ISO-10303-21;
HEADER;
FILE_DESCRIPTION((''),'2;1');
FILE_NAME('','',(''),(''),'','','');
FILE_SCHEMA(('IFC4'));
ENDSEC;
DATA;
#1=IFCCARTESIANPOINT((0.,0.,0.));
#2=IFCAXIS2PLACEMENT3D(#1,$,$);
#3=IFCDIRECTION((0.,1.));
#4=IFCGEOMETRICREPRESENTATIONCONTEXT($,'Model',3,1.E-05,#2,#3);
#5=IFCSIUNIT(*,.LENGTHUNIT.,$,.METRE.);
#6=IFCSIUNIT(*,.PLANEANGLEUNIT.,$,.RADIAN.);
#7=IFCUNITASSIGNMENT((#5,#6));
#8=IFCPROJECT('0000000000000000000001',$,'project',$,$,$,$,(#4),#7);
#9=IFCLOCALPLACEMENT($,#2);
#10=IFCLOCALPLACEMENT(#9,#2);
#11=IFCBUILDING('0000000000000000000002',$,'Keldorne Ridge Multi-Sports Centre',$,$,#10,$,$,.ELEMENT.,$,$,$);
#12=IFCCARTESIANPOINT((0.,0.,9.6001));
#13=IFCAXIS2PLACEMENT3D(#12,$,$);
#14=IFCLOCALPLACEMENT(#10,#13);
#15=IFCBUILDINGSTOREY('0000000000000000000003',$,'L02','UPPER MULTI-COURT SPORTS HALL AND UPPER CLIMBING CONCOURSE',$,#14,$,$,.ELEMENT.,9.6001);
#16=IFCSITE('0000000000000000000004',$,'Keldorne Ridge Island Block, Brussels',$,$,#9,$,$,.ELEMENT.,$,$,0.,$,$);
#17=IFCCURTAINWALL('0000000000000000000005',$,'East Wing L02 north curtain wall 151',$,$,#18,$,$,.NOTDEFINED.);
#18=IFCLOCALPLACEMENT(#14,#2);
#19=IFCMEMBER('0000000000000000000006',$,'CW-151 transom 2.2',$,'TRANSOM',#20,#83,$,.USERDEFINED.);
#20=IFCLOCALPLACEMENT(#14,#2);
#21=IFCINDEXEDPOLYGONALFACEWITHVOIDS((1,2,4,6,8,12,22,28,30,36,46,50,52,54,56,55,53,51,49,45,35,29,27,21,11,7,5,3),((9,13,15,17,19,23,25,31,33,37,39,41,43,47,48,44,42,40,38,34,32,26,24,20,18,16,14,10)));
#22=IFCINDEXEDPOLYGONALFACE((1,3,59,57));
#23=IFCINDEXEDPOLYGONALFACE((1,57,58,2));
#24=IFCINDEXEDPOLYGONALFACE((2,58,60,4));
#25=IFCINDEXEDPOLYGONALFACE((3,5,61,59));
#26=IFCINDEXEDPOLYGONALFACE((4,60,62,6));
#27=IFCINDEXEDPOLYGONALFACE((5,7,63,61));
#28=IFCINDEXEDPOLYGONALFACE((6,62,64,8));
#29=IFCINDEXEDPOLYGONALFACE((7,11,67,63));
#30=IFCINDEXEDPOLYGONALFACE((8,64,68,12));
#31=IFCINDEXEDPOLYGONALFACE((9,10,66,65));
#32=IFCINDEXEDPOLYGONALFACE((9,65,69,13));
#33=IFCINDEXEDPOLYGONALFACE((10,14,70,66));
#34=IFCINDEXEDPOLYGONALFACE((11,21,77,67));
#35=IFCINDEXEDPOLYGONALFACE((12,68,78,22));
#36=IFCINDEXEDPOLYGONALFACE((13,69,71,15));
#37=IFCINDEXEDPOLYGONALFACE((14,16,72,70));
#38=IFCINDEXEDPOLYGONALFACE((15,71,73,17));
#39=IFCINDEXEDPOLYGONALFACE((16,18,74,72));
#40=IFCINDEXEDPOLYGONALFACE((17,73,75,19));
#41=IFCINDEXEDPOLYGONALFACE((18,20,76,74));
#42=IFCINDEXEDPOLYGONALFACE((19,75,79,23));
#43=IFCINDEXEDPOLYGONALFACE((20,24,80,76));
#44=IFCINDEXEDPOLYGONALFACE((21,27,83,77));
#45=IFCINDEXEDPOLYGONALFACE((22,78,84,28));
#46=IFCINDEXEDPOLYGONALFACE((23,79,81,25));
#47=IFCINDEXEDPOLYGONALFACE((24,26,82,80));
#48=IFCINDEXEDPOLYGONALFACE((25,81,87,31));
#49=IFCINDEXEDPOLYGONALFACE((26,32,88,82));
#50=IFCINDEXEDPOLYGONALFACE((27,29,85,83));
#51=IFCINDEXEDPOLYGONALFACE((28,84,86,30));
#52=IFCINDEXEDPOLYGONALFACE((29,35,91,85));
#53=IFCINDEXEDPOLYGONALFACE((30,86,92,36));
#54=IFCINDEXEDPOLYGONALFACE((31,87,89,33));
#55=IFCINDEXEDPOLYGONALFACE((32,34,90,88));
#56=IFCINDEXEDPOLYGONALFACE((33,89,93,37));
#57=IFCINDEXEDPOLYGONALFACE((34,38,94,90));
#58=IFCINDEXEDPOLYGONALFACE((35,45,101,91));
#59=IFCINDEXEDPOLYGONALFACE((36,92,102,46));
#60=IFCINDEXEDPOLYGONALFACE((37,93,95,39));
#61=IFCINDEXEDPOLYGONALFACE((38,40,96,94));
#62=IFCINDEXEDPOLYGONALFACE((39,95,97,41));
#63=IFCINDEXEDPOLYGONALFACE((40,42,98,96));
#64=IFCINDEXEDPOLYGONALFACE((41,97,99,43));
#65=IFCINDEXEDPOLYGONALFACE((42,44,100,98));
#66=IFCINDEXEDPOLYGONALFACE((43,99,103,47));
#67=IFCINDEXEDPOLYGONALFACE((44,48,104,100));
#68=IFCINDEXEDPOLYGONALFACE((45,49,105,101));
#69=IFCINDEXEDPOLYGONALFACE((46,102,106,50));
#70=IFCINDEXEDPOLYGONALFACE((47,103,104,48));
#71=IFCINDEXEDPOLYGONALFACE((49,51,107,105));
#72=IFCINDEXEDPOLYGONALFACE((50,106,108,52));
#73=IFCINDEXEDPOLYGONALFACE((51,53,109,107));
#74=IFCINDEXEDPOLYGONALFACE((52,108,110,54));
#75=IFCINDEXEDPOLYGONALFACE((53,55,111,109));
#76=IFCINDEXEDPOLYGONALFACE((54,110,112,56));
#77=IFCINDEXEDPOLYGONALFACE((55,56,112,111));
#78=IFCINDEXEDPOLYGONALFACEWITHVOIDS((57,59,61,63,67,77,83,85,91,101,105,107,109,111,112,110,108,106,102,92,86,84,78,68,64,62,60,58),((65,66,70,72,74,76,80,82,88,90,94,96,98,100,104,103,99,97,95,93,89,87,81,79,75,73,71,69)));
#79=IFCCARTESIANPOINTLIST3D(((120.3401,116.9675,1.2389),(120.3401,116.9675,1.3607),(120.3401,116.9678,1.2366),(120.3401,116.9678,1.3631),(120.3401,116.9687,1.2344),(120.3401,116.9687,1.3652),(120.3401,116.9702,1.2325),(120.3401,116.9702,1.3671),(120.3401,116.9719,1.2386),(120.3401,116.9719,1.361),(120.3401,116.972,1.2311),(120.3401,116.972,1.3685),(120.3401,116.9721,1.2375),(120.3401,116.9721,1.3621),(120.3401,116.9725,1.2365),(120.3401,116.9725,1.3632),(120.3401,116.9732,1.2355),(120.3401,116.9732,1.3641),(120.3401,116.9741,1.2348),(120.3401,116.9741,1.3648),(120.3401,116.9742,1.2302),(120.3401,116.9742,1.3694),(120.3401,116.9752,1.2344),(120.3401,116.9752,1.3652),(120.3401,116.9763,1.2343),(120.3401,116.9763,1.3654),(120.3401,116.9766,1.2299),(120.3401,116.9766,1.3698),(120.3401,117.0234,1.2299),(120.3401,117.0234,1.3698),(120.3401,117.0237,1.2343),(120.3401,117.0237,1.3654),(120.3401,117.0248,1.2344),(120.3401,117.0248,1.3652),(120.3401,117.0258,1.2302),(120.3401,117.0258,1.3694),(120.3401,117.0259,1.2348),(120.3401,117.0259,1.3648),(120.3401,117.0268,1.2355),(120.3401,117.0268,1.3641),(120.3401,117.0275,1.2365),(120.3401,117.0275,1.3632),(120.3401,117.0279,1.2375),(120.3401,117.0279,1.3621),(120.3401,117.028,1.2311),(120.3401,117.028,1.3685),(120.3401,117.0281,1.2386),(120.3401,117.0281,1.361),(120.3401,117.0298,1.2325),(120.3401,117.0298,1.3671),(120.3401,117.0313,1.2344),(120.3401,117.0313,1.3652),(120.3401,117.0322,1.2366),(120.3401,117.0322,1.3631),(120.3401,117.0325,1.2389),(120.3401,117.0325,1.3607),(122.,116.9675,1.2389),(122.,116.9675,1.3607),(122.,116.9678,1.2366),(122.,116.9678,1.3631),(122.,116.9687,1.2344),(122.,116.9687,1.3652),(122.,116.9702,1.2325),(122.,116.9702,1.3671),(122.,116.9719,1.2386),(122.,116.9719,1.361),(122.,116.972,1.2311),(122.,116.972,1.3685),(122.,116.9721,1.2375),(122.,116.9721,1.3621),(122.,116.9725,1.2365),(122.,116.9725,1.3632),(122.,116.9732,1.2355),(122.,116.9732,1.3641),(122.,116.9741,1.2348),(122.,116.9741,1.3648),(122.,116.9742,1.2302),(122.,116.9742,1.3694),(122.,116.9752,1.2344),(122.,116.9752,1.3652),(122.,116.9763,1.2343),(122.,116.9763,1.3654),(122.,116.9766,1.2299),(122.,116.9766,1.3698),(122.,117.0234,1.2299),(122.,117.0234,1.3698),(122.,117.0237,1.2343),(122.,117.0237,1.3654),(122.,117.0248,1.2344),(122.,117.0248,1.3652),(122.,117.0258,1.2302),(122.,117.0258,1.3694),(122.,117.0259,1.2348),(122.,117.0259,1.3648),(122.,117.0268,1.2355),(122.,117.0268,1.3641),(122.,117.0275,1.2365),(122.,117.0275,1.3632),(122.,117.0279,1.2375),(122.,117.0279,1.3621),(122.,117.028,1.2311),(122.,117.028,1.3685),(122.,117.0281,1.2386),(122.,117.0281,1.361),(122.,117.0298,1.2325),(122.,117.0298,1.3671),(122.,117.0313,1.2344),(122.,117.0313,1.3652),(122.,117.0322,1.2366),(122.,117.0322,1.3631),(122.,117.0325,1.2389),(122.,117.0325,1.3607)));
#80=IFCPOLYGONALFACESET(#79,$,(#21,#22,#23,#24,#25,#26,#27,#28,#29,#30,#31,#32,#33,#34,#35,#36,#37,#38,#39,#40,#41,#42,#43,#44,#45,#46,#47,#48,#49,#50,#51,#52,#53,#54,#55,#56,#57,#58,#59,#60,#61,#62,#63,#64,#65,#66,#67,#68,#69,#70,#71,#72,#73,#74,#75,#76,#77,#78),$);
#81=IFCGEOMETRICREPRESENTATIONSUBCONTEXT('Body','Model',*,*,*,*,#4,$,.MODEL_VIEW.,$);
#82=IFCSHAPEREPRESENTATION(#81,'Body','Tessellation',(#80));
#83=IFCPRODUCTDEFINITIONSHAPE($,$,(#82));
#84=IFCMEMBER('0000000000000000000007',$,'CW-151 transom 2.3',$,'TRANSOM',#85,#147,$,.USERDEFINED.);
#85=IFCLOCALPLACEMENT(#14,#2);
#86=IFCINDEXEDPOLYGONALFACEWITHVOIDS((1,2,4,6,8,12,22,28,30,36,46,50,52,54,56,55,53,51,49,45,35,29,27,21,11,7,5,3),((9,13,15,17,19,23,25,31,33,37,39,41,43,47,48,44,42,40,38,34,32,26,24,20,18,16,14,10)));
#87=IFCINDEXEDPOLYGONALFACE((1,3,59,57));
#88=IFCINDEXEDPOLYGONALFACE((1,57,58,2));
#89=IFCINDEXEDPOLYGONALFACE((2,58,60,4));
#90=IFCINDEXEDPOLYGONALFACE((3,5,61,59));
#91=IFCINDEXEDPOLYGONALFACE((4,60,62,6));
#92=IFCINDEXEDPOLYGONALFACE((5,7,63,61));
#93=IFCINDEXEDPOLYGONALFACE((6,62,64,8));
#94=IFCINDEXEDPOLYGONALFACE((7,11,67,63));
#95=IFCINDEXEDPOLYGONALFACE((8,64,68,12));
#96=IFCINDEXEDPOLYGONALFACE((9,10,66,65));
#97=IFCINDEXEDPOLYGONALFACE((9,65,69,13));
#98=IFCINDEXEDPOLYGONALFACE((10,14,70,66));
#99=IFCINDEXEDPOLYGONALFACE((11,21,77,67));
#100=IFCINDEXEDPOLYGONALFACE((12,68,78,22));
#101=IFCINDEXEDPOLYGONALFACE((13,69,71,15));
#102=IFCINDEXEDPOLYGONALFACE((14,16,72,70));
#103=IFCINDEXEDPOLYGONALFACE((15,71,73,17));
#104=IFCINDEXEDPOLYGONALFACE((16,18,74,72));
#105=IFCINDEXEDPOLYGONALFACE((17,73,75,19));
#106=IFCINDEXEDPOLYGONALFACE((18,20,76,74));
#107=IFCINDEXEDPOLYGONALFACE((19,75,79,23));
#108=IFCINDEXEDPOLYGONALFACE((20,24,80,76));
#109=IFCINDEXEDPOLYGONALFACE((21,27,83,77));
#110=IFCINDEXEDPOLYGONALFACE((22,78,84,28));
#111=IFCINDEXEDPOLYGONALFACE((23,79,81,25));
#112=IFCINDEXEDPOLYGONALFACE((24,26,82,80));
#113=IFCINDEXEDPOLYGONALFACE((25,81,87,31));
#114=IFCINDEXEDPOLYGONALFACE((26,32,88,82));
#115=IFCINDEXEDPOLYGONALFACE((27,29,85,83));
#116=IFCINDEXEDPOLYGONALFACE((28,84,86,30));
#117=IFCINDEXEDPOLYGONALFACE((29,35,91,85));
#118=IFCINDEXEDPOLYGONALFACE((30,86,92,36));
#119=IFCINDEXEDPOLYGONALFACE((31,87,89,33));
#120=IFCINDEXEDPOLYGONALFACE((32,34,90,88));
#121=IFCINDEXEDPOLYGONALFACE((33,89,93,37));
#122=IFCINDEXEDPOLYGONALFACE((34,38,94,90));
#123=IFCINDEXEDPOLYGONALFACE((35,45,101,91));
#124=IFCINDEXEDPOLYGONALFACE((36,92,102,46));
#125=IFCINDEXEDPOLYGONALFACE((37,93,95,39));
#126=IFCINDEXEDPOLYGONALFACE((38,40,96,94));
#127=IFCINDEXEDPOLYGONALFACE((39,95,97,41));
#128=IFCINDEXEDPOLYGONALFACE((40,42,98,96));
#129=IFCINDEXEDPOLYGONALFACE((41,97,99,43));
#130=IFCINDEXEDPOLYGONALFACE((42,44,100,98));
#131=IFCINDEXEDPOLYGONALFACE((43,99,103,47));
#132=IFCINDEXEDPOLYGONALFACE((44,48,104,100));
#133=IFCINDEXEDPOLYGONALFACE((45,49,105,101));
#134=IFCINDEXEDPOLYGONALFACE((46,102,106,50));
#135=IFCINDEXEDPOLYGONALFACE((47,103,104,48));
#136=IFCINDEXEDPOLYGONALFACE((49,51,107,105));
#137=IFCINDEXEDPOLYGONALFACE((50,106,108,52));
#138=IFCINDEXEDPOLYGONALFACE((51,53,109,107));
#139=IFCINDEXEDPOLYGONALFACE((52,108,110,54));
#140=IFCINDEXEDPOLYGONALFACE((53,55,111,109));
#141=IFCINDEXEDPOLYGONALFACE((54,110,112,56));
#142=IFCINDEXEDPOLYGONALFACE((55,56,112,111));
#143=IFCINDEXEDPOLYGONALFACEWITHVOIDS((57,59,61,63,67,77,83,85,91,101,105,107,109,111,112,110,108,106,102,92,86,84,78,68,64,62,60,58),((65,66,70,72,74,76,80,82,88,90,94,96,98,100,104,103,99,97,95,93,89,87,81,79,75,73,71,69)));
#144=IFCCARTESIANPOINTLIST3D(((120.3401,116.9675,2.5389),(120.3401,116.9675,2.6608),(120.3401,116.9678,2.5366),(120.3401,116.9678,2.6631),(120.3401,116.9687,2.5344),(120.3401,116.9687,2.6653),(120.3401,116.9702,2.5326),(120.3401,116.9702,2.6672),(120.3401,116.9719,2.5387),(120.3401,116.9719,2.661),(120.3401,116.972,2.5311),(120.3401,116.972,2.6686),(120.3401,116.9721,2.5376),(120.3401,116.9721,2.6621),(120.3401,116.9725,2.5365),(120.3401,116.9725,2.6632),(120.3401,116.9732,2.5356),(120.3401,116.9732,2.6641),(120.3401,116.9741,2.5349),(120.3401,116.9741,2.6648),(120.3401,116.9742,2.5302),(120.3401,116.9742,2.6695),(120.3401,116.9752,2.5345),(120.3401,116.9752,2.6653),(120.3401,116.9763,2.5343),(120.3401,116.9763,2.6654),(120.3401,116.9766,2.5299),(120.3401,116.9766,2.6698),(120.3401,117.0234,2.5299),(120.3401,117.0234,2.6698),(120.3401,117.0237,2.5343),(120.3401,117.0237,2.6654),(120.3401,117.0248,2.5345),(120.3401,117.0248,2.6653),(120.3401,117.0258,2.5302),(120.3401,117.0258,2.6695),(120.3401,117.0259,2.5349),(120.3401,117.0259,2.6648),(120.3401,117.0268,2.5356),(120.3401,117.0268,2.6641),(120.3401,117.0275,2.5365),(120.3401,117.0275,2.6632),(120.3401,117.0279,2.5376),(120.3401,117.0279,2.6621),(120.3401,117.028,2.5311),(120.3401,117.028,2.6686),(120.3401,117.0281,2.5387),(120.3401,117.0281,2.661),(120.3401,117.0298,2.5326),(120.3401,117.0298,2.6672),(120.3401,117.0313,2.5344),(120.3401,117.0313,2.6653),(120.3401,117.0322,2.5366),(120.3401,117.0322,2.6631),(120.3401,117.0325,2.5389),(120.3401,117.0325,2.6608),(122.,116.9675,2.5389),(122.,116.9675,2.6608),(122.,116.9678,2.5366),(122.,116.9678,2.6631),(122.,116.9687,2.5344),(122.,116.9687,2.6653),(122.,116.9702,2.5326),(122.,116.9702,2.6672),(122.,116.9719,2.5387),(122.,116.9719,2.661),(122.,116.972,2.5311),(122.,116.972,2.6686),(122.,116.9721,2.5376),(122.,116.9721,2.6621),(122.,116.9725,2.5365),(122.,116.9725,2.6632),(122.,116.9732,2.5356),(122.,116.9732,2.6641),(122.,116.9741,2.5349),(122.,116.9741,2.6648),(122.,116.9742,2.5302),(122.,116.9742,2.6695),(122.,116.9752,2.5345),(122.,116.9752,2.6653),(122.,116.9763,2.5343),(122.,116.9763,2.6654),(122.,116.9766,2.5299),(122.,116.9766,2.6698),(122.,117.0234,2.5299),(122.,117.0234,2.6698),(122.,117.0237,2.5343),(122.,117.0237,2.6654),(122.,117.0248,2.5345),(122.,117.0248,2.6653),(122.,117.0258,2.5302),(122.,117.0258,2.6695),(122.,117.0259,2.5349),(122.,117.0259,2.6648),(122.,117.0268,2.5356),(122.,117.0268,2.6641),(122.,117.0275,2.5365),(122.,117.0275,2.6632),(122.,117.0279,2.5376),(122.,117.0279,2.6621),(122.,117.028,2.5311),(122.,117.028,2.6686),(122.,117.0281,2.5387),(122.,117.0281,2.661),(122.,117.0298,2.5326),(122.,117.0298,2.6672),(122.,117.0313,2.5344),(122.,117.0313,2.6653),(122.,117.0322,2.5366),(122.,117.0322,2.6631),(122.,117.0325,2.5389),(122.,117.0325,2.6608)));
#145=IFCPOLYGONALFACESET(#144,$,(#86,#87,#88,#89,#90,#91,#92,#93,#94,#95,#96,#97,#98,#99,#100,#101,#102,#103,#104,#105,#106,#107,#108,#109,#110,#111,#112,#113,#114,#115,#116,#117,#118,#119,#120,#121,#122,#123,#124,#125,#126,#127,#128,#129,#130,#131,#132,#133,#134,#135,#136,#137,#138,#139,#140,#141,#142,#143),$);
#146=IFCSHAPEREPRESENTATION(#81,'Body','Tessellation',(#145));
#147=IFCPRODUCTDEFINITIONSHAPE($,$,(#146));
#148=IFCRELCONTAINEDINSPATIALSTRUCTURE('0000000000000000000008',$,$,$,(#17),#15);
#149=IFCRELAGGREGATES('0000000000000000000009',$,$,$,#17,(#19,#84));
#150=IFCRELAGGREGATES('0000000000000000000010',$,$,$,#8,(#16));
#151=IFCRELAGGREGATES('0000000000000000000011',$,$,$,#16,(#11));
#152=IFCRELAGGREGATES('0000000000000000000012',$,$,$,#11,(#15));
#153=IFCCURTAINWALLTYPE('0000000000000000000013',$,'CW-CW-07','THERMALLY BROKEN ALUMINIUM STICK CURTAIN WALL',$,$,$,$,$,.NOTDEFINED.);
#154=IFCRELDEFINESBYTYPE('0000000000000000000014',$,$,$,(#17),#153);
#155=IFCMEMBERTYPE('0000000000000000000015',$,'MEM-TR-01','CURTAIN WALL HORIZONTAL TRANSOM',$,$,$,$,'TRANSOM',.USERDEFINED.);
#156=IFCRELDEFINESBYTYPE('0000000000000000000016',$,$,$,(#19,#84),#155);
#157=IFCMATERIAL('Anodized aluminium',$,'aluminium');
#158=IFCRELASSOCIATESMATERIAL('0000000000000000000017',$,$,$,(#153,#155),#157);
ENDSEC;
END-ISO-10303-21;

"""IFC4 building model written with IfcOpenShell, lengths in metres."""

from ifc_helpers import new_model, si_unit, direction, frame, origin, origin_2d, place, context, subcontext, project, spatial, hollow_rectangle, extrude, material, material_profile, profile_set, type_object, element, aggregate, save


model = new_model("IFC4")

# Units and contexts
model_context = context("Model", 3, precision=1e-05, world=origin(), true_north=direction((0.0, 1.0)))
body_context = subcontext(model_context, "Body", "Model", "MODEL_VIEW")
ifc_project = project(units=[si_unit("LENGTHUNIT", "METRE"), si_unit("PLANEANGLEUNIT", "RADIAN")], contexts=[model_context])

# Site, building, storey
site_placement = place(None, origin())
site = spatial("IfcSite", under=ifc_project, at=site_placement, Name="Keldorne Ridge Island Block, Brussels", CompositionType="ELEMENT", RefElevation=0.0)
building_placement = place(site_placement, origin())
building = spatial("IfcBuilding", under=site, at=building_placement, Name="Keldorne Ridge Multi-Sports Centre", CompositionType="ELEMENT")
storey_placement = place(building_placement, frame((0.0, 0.0, 9.6001)))
storey = spatial("IfcBuildingStorey", under=building, at=storey_placement, Name="L02", Description="UPPER MULTI-COURT SPORTS HALL AND UPPER CLIMBING CONCOURSE", CompositionType="ELEMENT", Elevation=9.6001)

# Curtain wall, members
ifc_material_1 = material(Name="Anodized aluminium", Category="aluminium")
curtain_wall_type = type_object("IfcCurtainWallType", Name="CW-CW-07", Description="THERMALLY BROKEN ALUMINIUM STICK CURTAIN WALL", PredefinedType="NOTDEFINED", material=ifc_material_1)
curtain_wall_placement = place(storey_placement, origin())
curtain_wall = element("IfcCurtainWall", 1, at=curtain_wall_placement, inside=storey, type_object=curtain_wall_type, Name="East Wing L02 north curtain wall 151", PredefinedType="NOTDEFINED")
ifc_material_profile_1 = material_profile(ifc_material_1, hollow_rectangle(XDim=0.0649, YDim=0.1399, WallThickness=0.0044, InnerFilletRadius=0.0044, OuterFilletRadius=0.009, at=origin_2d()), Name="ALU TRANSOM 140x65x4.5")
ifc_profile_set_1 = profile_set([ifc_material_profile_1], Name="Anodized aluminium")
member_type_1 = type_object("IfcMemberType", Name="MEM-TR-01", Description="CURTAIN WALL HORIZONTAL TRANSOM", ElementType="TRANSOM", PredefinedType="USERDEFINED", material=ifc_profile_set_1)
member_1_placement = place(storey_placement, frame((122.0, 117.0, 1.2998), z_axis=(-1.0, 0.0, 0.0), x_axis=(0.0, -1.0, 0.0)))
member_1 = element("IfcMember", 2, at=member_1_placement, type_object=member_type_1, Name="CW-151 transom 2.2", ObjectType="TRANSOM", PredefinedType="USERDEFINED", context=body_context, shape_type="SweptSolid", body=[
    extrude(hollow_rectangle(XDim=0.0649, YDim=0.1399, WallThickness=0.0044, InnerFilletRadius=0.0044, OuterFilletRadius=0.009, at=origin_2d()), origin(), (0.0, 0.0, 1.0), 1.6599),
])
member_2_placement = place(storey_placement, frame((122.0, 117.0, 2.5999), z_axis=(-1.0, 0.0, 0.0), x_axis=(0.0, -1.0, 0.0)))
member_2 = element("IfcMember", 3, at=member_2_placement, type_object=member_type_1, Name="CW-151 transom 2.3", ObjectType="TRANSOM", PredefinedType="USERDEFINED", context=body_context, shape_type="SweptSolid", body=[
    extrude(hollow_rectangle(XDim=0.0649, YDim=0.1399, WallThickness=0.0044, InnerFilletRadius=0.0044, OuterFilletRadius=0.009, at=origin_2d()), origin(), (0.0, 0.0, 1.0), 1.6599),
])
aggregate(curtain_wall, [member_1, member_2])

save(model, "model.ifc")
